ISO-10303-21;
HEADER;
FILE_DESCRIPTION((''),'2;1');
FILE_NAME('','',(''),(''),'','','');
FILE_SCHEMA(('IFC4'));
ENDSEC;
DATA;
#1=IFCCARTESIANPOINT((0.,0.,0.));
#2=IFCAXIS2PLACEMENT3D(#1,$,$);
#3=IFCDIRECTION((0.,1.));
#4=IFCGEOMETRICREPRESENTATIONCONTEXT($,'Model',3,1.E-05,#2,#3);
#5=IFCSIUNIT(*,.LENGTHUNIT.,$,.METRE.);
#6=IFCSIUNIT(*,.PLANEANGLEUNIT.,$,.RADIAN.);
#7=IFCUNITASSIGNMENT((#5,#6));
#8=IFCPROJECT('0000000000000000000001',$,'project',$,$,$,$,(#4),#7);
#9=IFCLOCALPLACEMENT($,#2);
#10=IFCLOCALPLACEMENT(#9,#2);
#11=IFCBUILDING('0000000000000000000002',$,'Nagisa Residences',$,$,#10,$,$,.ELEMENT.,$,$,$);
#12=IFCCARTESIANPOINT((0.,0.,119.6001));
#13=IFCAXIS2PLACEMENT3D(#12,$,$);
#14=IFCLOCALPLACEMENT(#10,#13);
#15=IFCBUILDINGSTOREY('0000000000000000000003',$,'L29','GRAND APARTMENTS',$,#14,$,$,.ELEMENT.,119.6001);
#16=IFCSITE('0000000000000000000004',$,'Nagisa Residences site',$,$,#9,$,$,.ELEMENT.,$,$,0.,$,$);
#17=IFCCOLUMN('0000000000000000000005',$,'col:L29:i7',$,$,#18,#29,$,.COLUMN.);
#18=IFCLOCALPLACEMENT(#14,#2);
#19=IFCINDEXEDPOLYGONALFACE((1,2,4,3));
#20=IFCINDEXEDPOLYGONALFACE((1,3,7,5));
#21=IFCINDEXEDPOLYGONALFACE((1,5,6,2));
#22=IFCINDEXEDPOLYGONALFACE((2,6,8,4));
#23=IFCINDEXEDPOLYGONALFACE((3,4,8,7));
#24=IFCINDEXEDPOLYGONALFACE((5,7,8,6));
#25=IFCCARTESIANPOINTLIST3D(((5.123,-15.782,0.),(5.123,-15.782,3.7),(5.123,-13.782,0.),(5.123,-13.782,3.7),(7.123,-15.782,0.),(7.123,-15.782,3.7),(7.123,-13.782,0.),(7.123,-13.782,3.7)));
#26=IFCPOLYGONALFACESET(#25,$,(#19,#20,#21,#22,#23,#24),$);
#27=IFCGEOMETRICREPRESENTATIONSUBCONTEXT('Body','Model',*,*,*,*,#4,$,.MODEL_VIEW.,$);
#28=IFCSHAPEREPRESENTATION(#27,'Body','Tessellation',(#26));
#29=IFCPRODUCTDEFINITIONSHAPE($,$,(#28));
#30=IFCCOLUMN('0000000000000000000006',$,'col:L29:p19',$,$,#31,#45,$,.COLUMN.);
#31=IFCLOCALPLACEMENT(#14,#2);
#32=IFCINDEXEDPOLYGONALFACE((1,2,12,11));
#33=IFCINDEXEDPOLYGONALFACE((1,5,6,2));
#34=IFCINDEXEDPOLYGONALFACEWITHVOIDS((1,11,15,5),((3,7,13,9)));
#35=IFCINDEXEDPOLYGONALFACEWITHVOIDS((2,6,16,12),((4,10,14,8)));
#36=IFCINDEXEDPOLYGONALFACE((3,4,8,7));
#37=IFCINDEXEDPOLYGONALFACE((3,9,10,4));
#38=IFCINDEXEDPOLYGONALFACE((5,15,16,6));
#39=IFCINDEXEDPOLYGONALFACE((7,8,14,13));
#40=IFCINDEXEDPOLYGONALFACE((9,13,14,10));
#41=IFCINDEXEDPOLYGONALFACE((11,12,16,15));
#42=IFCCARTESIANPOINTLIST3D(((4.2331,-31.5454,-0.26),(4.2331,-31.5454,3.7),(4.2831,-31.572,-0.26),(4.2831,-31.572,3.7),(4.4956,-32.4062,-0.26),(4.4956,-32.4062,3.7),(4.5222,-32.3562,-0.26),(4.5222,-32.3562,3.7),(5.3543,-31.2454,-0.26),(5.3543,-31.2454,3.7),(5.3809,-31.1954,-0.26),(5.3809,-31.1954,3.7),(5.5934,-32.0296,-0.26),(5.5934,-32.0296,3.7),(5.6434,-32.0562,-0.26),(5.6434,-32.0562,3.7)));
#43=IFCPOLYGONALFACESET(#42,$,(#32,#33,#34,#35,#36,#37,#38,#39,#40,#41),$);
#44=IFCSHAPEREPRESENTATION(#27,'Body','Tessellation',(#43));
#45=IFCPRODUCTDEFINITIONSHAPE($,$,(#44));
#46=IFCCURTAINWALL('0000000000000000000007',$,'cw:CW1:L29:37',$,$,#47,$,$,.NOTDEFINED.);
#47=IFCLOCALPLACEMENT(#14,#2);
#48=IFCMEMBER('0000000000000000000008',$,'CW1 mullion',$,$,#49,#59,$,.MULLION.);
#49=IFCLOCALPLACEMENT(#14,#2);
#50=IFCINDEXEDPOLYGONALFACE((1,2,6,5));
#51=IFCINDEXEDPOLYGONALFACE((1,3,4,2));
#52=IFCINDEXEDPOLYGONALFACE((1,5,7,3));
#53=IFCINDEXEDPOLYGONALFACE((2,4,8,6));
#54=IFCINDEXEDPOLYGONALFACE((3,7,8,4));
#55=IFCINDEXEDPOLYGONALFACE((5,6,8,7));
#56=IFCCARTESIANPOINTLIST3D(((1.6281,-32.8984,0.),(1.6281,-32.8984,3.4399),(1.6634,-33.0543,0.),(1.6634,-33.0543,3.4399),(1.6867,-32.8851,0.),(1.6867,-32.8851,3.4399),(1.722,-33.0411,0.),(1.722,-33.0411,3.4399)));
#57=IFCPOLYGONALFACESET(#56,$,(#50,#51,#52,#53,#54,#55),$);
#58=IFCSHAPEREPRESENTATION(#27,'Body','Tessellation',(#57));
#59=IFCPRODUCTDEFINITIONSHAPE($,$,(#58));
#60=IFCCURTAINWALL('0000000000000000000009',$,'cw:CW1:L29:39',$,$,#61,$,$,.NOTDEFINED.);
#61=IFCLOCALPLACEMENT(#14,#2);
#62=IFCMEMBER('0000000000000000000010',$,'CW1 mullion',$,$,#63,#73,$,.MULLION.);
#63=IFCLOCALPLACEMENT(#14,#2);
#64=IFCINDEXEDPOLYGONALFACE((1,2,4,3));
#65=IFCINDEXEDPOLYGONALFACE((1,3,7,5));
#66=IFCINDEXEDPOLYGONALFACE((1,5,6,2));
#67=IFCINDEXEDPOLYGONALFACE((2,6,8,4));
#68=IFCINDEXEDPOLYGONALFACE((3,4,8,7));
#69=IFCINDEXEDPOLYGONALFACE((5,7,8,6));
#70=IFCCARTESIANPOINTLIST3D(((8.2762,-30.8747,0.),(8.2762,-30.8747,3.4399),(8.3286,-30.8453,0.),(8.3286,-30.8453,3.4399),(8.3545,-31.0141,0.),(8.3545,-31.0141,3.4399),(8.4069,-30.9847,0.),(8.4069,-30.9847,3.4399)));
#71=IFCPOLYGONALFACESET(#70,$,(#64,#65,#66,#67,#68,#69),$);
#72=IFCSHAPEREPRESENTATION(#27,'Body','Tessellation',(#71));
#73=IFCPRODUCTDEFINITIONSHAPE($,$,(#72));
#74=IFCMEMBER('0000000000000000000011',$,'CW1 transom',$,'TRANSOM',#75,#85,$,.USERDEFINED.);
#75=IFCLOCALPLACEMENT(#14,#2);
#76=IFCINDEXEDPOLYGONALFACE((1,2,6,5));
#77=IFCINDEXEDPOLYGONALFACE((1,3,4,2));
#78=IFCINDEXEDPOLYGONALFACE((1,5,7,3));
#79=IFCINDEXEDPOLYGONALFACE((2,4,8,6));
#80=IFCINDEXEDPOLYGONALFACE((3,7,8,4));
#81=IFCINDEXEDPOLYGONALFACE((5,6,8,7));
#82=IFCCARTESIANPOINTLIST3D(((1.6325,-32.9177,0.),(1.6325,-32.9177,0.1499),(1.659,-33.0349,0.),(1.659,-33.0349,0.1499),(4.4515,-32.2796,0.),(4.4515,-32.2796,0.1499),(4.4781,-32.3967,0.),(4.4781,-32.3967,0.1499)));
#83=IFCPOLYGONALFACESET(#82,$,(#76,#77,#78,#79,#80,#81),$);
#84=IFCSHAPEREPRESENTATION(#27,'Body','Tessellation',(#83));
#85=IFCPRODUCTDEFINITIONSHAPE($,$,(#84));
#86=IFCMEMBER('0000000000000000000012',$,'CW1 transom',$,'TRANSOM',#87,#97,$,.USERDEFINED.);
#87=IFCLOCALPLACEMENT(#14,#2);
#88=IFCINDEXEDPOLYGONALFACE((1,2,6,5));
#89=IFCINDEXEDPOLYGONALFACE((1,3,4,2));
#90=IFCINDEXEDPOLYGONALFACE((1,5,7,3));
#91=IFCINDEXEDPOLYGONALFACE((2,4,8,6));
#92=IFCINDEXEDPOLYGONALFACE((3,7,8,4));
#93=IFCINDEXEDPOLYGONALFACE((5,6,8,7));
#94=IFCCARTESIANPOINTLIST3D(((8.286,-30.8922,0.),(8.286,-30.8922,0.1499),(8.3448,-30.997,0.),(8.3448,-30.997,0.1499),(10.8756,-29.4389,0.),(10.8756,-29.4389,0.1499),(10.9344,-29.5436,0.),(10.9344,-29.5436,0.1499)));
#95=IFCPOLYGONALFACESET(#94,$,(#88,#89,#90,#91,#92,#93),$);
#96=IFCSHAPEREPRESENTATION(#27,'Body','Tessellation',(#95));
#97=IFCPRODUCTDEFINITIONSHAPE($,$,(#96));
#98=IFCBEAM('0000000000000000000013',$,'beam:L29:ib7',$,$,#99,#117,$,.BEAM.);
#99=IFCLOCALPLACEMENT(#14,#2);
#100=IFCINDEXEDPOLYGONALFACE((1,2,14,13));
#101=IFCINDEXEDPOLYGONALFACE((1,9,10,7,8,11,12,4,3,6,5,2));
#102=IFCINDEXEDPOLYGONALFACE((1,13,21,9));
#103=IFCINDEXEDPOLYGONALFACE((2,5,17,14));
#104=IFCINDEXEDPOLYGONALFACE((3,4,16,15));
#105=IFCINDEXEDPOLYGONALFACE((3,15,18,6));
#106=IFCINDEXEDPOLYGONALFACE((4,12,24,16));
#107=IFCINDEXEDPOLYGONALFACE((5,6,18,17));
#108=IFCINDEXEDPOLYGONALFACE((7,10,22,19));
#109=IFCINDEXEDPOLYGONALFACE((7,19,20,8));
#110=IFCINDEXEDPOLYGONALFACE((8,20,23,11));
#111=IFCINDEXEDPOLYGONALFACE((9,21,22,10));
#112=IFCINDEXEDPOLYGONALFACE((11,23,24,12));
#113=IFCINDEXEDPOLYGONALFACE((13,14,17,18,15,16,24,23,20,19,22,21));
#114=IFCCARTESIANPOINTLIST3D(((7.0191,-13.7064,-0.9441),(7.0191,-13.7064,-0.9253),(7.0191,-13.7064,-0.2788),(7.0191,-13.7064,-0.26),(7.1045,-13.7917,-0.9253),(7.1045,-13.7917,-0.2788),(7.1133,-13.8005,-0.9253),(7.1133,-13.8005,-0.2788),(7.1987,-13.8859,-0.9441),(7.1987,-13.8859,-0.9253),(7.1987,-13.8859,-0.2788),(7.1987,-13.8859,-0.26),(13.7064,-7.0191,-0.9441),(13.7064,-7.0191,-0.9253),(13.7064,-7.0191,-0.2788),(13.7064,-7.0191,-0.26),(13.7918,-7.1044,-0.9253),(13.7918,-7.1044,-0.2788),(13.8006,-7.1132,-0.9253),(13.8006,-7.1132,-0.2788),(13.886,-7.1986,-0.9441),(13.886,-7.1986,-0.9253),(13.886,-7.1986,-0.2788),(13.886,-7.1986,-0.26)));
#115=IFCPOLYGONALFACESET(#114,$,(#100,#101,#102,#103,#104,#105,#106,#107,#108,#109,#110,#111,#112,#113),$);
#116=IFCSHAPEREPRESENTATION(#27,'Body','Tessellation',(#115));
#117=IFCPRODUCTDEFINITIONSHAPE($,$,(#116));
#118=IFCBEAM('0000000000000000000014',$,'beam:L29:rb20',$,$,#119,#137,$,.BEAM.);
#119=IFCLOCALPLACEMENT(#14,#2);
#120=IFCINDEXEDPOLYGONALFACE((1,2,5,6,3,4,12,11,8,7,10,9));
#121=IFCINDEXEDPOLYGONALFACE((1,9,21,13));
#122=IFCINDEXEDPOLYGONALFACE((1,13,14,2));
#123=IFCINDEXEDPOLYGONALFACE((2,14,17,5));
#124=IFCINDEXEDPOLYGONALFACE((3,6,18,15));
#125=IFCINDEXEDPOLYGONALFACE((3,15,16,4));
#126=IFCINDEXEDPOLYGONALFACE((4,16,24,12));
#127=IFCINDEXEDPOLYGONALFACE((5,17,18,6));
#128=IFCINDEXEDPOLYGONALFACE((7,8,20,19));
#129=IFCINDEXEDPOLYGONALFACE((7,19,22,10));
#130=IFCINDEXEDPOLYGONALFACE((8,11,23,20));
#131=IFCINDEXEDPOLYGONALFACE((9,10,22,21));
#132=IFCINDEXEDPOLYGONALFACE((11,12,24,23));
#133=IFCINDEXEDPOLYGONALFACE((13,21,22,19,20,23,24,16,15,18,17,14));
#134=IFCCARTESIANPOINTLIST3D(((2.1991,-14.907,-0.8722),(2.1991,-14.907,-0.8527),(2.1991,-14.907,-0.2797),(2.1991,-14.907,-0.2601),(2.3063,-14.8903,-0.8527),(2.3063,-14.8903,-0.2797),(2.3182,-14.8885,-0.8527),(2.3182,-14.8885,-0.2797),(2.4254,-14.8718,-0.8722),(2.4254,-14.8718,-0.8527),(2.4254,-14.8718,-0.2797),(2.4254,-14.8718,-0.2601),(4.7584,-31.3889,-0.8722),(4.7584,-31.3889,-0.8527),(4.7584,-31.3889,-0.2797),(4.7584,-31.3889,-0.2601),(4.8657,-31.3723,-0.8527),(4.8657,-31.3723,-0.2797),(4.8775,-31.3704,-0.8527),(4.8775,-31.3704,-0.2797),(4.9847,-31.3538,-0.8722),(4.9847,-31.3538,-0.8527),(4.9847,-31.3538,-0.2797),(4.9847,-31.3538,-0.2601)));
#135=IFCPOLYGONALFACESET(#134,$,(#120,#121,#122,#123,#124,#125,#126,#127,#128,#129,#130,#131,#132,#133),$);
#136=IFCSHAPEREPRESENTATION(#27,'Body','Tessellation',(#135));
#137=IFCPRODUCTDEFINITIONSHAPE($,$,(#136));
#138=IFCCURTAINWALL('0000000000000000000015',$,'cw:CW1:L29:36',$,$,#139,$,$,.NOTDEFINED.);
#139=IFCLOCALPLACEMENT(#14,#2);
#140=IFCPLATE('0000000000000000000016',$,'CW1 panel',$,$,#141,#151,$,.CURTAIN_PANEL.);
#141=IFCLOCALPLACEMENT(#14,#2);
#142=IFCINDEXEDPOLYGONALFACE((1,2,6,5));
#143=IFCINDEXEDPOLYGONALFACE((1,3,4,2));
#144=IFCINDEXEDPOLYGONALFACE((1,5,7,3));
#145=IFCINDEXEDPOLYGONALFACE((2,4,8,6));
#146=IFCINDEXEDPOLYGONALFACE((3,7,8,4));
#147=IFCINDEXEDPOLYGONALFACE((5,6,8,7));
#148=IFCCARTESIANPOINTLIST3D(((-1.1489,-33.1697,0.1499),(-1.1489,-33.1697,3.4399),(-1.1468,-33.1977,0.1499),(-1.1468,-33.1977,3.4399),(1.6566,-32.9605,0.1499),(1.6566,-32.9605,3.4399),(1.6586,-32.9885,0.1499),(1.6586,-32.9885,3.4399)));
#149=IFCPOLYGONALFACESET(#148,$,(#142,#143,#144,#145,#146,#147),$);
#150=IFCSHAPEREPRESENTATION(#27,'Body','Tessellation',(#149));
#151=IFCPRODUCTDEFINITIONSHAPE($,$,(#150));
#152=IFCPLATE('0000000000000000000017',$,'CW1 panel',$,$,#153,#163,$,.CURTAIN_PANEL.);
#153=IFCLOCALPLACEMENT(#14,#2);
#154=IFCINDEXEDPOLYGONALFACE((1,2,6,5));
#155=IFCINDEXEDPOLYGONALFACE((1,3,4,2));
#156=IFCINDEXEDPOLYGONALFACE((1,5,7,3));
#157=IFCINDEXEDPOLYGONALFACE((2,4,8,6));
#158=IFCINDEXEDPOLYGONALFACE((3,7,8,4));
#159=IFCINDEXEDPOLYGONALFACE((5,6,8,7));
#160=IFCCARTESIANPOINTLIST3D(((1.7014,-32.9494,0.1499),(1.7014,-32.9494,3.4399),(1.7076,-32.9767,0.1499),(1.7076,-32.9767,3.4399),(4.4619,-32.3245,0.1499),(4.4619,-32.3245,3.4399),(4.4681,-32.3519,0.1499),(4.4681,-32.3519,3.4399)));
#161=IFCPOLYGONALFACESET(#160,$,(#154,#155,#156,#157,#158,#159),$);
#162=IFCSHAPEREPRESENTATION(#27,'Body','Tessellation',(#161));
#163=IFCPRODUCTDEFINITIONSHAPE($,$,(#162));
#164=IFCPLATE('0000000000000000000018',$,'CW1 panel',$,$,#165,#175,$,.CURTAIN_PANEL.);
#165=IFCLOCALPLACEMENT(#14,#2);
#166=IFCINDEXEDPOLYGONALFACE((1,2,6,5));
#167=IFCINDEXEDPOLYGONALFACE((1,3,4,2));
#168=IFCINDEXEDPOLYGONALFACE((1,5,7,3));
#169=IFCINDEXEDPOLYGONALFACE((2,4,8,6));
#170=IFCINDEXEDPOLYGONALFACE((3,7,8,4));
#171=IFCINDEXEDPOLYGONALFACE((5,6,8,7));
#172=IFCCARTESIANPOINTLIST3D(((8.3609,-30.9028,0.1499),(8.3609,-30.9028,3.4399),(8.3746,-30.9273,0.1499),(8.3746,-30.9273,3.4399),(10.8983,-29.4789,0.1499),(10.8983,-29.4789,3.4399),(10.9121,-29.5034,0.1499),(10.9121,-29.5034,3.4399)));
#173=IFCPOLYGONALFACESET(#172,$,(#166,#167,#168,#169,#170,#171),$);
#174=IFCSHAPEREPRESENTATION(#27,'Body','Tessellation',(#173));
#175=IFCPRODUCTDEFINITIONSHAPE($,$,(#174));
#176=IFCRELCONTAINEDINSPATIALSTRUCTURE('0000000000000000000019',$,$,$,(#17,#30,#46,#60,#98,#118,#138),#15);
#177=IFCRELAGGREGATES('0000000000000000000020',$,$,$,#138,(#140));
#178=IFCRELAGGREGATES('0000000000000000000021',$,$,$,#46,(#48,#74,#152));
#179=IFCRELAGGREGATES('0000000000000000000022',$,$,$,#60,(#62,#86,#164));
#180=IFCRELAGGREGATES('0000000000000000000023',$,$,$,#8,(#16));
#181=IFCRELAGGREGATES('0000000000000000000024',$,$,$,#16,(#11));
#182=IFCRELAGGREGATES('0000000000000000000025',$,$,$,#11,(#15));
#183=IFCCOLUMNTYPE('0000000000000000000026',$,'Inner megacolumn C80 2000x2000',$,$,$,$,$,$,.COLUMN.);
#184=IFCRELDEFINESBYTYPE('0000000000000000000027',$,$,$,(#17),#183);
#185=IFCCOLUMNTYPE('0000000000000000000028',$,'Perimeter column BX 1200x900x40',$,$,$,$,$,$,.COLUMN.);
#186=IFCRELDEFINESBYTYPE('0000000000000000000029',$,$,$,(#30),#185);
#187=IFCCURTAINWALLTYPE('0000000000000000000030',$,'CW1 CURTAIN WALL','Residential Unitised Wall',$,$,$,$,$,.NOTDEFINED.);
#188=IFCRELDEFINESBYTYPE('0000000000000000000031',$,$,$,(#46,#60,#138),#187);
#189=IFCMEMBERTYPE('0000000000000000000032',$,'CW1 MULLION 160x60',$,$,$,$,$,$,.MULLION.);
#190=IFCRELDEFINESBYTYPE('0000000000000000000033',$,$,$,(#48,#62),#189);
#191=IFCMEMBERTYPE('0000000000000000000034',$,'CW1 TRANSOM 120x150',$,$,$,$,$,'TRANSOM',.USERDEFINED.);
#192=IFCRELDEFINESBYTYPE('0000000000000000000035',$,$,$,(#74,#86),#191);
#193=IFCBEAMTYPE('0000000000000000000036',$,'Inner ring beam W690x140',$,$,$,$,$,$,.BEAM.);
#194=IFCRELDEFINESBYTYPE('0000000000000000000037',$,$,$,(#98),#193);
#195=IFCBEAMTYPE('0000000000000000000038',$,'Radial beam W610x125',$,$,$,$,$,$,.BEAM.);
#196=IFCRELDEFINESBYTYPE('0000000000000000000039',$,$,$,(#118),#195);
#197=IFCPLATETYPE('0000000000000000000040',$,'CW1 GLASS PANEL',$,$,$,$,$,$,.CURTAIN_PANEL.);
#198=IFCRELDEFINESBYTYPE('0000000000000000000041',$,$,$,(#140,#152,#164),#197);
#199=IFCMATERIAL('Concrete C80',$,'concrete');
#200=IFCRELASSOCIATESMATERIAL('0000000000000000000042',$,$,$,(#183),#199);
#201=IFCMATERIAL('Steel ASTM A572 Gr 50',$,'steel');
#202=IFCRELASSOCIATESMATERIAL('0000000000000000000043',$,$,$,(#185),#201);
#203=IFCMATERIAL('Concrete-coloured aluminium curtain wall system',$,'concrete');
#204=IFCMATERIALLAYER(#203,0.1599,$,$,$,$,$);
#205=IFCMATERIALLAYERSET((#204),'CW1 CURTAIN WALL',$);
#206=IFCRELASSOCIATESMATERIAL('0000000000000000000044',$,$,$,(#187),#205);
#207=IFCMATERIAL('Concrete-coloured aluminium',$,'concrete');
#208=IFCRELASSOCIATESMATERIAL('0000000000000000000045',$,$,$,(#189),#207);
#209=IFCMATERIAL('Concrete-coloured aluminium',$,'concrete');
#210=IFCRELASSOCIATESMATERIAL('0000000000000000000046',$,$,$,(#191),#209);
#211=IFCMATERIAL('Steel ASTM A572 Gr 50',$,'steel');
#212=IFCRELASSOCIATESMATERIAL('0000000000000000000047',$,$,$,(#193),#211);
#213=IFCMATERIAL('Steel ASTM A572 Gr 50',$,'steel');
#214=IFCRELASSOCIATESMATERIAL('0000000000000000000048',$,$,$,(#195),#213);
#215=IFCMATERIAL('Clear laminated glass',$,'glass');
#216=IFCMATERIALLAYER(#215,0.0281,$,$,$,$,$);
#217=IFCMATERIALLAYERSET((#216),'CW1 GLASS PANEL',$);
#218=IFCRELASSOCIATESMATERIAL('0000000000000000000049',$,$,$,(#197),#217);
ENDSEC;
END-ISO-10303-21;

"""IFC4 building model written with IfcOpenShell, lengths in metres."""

from ifc_helpers import new_model, si_unit, direction, frame, origin, origin_2d, place, context, subcontext, project, spatial, rectangle, hollow_rectangle, i_section, extrude, material, layer, layer_set, material_profile, profile_set, type_object, element, aggregate, save


model = new_model("IFC4")

# Units and contexts
model_context = context("Model", 3, precision=1e-05, world=origin(), true_north=direction((0.0, 1.0)))
body_context = subcontext(model_context, "Body", "Model", "MODEL_VIEW")
ifc_project = project(units=[si_unit("LENGTHUNIT", "METRE"), si_unit("PLANEANGLEUNIT", "RADIAN")], contexts=[model_context])

# Site, building, storey
site_placement = place(None, origin())
site = spatial("IfcSite", under=ifc_project, at=site_placement, Name="Nagisa Residences site", CompositionType="ELEMENT", RefElevation=0.0)
building_placement = place(site_placement, origin())
building = spatial("IfcBuilding", under=site, at=building_placement, Name="Nagisa Residences", CompositionType="ELEMENT")
storey_placement = place(building_placement, frame((0.0, 0.0, 119.6001)))
storey = spatial("IfcBuildingStorey", under=building, at=storey_placement, Name="L29", Description="GRAND APARTMENTS", CompositionType="ELEMENT", Elevation=119.6001)

# Columns
ifc_material_1 = material(Name="Concrete C80", Category="concrete")
ifc_material_profile_1 = material_profile(ifc_material_1, rectangle(XDim=2.0, YDim=2.0, at=origin_2d()), Name="C80 2000x2000")
ifc_profile_set_1 = profile_set([ifc_material_profile_1], Name="Concrete C80")
column_type_1 = type_object("IfcColumnType", Name="Inner megacolumn C80 2000x2000", PredefinedType="COLUMN", material=ifc_profile_set_1)
column_1_placement = place(storey_placement, frame((6.123, -14.782, 0.0), z_axis=(0.0, 0.0, 1.0), x_axis=(1.0, 0.0, 0.0)))
element("IfcColumn", 1, at=column_1_placement, inside=storey, type_object=column_type_1, Name="col:L29:i7", PredefinedType="COLUMN", context=body_context, shape_type="SweptSolid", body=[
    extrude(rectangle(XDim=2.0, YDim=2.0, at=origin_2d()), origin(), (0.0, 0.0, 1.0), 3.7),
])
ifc_material_2 = material(Name="Steel ASTM A572 Gr 50", Category="steel")
ifc_material_profile_2 = material_profile(ifc_material_2, hollow_rectangle(XDim=1.2, YDim=0.8999, WallThickness=0.04, at=origin_2d()), Name="BX 1200x900x40")
ifc_profile_set_2 = profile_set([ifc_material_profile_2], Name="Steel ASTM A572 Gr 50")
column_type_2 = type_object("IfcColumnType", Name="Perimeter column BX 1200x900x40", PredefinedType="COLUMN", material=ifc_profile_set_2)
column_2_placement = place(storey_placement, frame((4.9382, -31.8008, -0.26), z_axis=(0.0, 0.0, 1.0), x_axis=(0.956525, 0.291652, 0.0)))
element("IfcColumn", 2, at=column_2_placement, inside=storey, type_object=column_type_2, Name="col:L29:p19", PredefinedType="COLUMN", context=body_context, shape_type="SweptSolid", body=[
    extrude(hollow_rectangle(XDim=1.2, YDim=0.8999, WallThickness=0.04, at=origin_2d()), origin(), (0.0, 0.0, 1.0), 3.96),
])

# Curtain walls, members
ifc_material_3 = material(Name="Concrete-coloured aluminium curtain wall system", Category="concrete")
ifc_layer_1 = layer(ifc_material_3, 0.1599)
ifc_layer_set_1 = layer_set([ifc_layer_1], Name="CW1 CURTAIN WALL")
curtain_wall_type = type_object("IfcCurtainWallType", Name="CW1 CURTAIN WALL", Description="Residential Unitised Wall", PredefinedType="NOTDEFINED", material=ifc_layer_set_1)
curtain_wall_1_placement = place(storey_placement, origin())
curtain_wall_1 = element("IfcCurtainWall", 3, at=curtain_wall_1_placement, inside=storey, type_object=curtain_wall_type, Name="cw:CW1:L29:37", PredefinedType="NOTDEFINED")
ifc_material_4 = material(Name="Concrete-coloured aluminium", Category="concrete")
ifc_material_profile_3 = material_profile(ifc_material_4, rectangle(XDim=0.1599, YDim=0.0601, at=origin_2d()), Name="CW1 MULLION 160x60")
ifc_profile_set_3 = profile_set([ifc_material_profile_3], Name="Concrete-coloured aluminium")
member_type_1 = type_object("IfcMemberType", Name="CW1 MULLION 160x60", PredefinedType="MULLION", material=ifc_profile_set_3)
member_1_placement = place(storey_placement, frame((1.675, -32.9697, 0.0), z_axis=(0.0, 0.0, 1.0), x_axis=(-0.220764, 0.975327, 0.0)))
member_1 = element("IfcMember", 4, at=member_1_placement, type_object=member_type_1, Name="CW1 mullion", PredefinedType="MULLION", context=body_context, shape_type="SweptSolid", body=[
    extrude(rectangle(XDim=0.1599, YDim=0.0601, at=origin_2d()), origin(), (0.0, 0.0, 1.0), 3.4399),
])
curtain_wall_2_placement = place(storey_placement, origin())
curtain_wall_2 = element("IfcCurtainWall", 5, at=curtain_wall_2_placement, inside=storey, type_object=curtain_wall_type, Name="cw:CW1:L29:39", PredefinedType="NOTDEFINED")
member_2_placement = place(storey_placement, frame((8.3416, -30.9297, 0.0), z_axis=(0.0, 0.0, 1.0), x_axis=(-0.489377, 0.872072, 0.0)))
member_2 = element("IfcMember", 6, at=member_2_placement, type_object=member_type_1, Name="CW1 mullion", PredefinedType="MULLION", context=body_context, shape_type="SweptSolid", body=[
    extrude(rectangle(XDim=0.1599, YDim=0.0601, at=origin_2d()), origin(), (0.0, 0.0, 1.0), 3.4399),
])

# Members
ifc_material_5 = material(Name="Concrete-coloured aluminium", Category="concrete")
ifc_material_profile_4 = material_profile(ifc_material_5, rectangle(XDim=0.1201, YDim=0.1499, at=origin_2d()), Name="CW1 TRANSOM 120x150")
ifc_profile_set_4 = profile_set([ifc_material_profile_4], Name="Concrete-coloured aluminium")
member_type_2 = type_object("IfcMemberType", Name="CW1 TRANSOM 120x150", ElementType="TRANSOM", PredefinedType="USERDEFINED", material=ifc_profile_set_4)
member_3_placement = place(storey_placement, frame((1.6458, -32.9763, 0.075), z_axis=(0.975321, 0.220792, 0.0), x_axis=(-0.220792, 0.975321, 0.0)))
member_3 = element("IfcMember", 7, at=member_3_placement, type_object=member_type_2, Name="CW1 transom", ObjectType="TRANSOM", PredefinedType="USERDEFINED", context=body_context, shape_type="SweptSolid", body=[
    extrude(rectangle(XDim=0.1201, YDim=0.1499, at=origin_2d()), origin(), (0.0, 0.0, 1.0), 2.8904),
])
member_4_placement = place(storey_placement, frame((8.3154, -30.9446, 0.075), z_axis=(0.872047, 0.489422, 0.0), x_axis=(-0.489422, 0.872047, 0.0)))
member_4 = element("IfcMember", 8, at=member_4_placement, type_object=member_type_2, Name="CW1 transom", ObjectType="TRANSOM", PredefinedType="USERDEFINED", context=body_context, shape_type="SweptSolid", body=[
    extrude(rectangle(XDim=0.1201, YDim=0.1499, at=origin_2d()), origin(), (0.0, 0.0, 1.0), 2.9695),
])

# Beams
ifc_material_6 = material(Name="Steel ASTM A572 Gr 50", Category="steel")
ifc_material_profile_5 = material_profile(ifc_material_6, i_section(OverallWidth=0.2539, OverallDepth=0.6841, WebThickness=0.0125, FlangeThickness=0.0188, at=origin_2d()), Name="W690x140")
ifc_profile_set_5 = profile_set([ifc_material_profile_5], Name="Steel ASTM A572 Gr 50")
beam_type_1 = type_object("IfcBeamType", Name="Inner ring beam W690x140", PredefinedType="BEAM", material=ifc_profile_set_5)
beam_1_placement = place(storey_placement, frame((7.1089, -13.7961, -0.6021), z_axis=(0.707107, 0.707107, 0.0), x_axis=(-0.707107, 0.707107, 0.0)))
element("IfcBeam", 9, at=beam_1_placement, inside=storey, type_object=beam_type_1, Name="beam:L29:ib7", PredefinedType="BEAM", context=body_context, shape_type="SweptSolid", body=[
    extrude(i_section(OverallWidth=0.2539, OverallDepth=0.6841, WebThickness=0.0125, FlangeThickness=0.0188, at=origin_2d()), origin(), (0.0, 0.0, 1.0), 9.4573),
])
ifc_material_7 = material(Name="Steel ASTM A572 Gr 50", Category="steel")
ifc_material_profile_6 = material_profile(ifc_material_7, i_section(OverallWidth=0.229, OverallDepth=0.6121, WebThickness=0.012, FlangeThickness=0.0195, at=origin_2d()), Name="W610x125")
ifc_profile_set_6 = profile_set([ifc_material_profile_6], Name="Steel ASTM A572 Gr 50")
beam_type_2 = type_object("IfcBeamType", Name="Radial beam W610x125", PredefinedType="BEAM", material=ifc_profile_set_6)
beam_2_placement = place(storey_placement, frame((4.8716, -31.3713, -0.5662), z_axis=(-0.153442, 0.988158, 0.0), x_axis=(-0.988158, -0.153442, 0.0)))
element("IfcBeam", 10, at=beam_2_placement, inside=storey, type_object=beam_type_2, Name="beam:L29:rb20", PredefinedType="BEAM", context=body_context, shape_type="SweptSolid", body=[
    extrude(i_section(OverallWidth=0.229, OverallDepth=0.6121, WebThickness=0.012, FlangeThickness=0.0195, at=origin_2d()), origin(), (0.0, 0.0, 1.0), 16.6794),
])

# Curtain wall, plate
curtain_wall_3_placement = place(storey_placement, origin())
curtain_wall_3 = element("IfcCurtainWall", 11, at=curtain_wall_3_placement, inside=storey, type_object=curtain_wall_type, Name="cw:CW1:L29:36", PredefinedType="NOTDEFINED")
ifc_material_8 = material(Name="Clear laminated glass", Category="glass")
ifc_layer_2 = layer(ifc_material_8, 0.0281)
ifc_layer_set_2 = layer_set([ifc_layer_2], Name="CW1 GLASS PANEL")
plate_type = type_object("IfcPlateType", Name="CW1 GLASS PANEL", PredefinedType="CURTAIN_PANEL", material=ifc_layer_set_2)
plate_1_placement = place(storey_placement, frame((0.2549, -33.0791, 0.1499), z_axis=(0.0, 0.0, 1.0), x_axis=(0.99723, 0.074377, 0.0)))
plate_1 = element("IfcPlate", 12, at=plate_1_placement, type_object=plate_type, Name="CW1 panel", PredefinedType="CURTAIN_PANEL", context=body_context, shape_type="SweptSolid", body=[
    extrude(rectangle(XDim=2.8132, YDim=0.0281, at=origin_2d()), origin(), (0.0, 0.0, 1.0), 3.29),
])
aggregate(curtain_wall_3, [plate_1])

# Plates
plate_2_placement = place(storey_placement, frame((3.0847, -32.6506, 0.1499), z_axis=(0.0, 0.0, 1.0), x_axis=(0.975327, 0.220764, 0.0)))
plate_2 = element("IfcPlate", 13, at=plate_2_placement, type_object=plate_type, Name="CW1 panel", PredefinedType="CURTAIN_PANEL", context=body_context, shape_type="SweptSolid", body=[
    extrude(rectangle(XDim=2.8303, YDim=0.0281, at=origin_2d()), origin(), (0.0, 0.0, 1.0), 3.29),
])
aggregate(curtain_wall_1, [member_1, member_3, plate_2])
plate_3_placement = place(storey_placement, frame((9.6365, -30.2031, 0.1499), z_axis=(0.0, 0.0, 1.0), x_axis=(0.872072, 0.489377, 0.0)))
plate_3 = element("IfcPlate", 14, at=plate_3_placement, type_object=plate_type, Name="CW1 panel", PredefinedType="CURTAIN_PANEL", context=body_context, shape_type="SweptSolid", body=[
    extrude(rectangle(XDim=2.9097, YDim=0.0281, at=origin_2d()), origin(), (0.0, 0.0, 1.0), 3.29),
])
aggregate(curtain_wall_2, [member_2, member_4, plate_3])

save(model, "model.ifc")
